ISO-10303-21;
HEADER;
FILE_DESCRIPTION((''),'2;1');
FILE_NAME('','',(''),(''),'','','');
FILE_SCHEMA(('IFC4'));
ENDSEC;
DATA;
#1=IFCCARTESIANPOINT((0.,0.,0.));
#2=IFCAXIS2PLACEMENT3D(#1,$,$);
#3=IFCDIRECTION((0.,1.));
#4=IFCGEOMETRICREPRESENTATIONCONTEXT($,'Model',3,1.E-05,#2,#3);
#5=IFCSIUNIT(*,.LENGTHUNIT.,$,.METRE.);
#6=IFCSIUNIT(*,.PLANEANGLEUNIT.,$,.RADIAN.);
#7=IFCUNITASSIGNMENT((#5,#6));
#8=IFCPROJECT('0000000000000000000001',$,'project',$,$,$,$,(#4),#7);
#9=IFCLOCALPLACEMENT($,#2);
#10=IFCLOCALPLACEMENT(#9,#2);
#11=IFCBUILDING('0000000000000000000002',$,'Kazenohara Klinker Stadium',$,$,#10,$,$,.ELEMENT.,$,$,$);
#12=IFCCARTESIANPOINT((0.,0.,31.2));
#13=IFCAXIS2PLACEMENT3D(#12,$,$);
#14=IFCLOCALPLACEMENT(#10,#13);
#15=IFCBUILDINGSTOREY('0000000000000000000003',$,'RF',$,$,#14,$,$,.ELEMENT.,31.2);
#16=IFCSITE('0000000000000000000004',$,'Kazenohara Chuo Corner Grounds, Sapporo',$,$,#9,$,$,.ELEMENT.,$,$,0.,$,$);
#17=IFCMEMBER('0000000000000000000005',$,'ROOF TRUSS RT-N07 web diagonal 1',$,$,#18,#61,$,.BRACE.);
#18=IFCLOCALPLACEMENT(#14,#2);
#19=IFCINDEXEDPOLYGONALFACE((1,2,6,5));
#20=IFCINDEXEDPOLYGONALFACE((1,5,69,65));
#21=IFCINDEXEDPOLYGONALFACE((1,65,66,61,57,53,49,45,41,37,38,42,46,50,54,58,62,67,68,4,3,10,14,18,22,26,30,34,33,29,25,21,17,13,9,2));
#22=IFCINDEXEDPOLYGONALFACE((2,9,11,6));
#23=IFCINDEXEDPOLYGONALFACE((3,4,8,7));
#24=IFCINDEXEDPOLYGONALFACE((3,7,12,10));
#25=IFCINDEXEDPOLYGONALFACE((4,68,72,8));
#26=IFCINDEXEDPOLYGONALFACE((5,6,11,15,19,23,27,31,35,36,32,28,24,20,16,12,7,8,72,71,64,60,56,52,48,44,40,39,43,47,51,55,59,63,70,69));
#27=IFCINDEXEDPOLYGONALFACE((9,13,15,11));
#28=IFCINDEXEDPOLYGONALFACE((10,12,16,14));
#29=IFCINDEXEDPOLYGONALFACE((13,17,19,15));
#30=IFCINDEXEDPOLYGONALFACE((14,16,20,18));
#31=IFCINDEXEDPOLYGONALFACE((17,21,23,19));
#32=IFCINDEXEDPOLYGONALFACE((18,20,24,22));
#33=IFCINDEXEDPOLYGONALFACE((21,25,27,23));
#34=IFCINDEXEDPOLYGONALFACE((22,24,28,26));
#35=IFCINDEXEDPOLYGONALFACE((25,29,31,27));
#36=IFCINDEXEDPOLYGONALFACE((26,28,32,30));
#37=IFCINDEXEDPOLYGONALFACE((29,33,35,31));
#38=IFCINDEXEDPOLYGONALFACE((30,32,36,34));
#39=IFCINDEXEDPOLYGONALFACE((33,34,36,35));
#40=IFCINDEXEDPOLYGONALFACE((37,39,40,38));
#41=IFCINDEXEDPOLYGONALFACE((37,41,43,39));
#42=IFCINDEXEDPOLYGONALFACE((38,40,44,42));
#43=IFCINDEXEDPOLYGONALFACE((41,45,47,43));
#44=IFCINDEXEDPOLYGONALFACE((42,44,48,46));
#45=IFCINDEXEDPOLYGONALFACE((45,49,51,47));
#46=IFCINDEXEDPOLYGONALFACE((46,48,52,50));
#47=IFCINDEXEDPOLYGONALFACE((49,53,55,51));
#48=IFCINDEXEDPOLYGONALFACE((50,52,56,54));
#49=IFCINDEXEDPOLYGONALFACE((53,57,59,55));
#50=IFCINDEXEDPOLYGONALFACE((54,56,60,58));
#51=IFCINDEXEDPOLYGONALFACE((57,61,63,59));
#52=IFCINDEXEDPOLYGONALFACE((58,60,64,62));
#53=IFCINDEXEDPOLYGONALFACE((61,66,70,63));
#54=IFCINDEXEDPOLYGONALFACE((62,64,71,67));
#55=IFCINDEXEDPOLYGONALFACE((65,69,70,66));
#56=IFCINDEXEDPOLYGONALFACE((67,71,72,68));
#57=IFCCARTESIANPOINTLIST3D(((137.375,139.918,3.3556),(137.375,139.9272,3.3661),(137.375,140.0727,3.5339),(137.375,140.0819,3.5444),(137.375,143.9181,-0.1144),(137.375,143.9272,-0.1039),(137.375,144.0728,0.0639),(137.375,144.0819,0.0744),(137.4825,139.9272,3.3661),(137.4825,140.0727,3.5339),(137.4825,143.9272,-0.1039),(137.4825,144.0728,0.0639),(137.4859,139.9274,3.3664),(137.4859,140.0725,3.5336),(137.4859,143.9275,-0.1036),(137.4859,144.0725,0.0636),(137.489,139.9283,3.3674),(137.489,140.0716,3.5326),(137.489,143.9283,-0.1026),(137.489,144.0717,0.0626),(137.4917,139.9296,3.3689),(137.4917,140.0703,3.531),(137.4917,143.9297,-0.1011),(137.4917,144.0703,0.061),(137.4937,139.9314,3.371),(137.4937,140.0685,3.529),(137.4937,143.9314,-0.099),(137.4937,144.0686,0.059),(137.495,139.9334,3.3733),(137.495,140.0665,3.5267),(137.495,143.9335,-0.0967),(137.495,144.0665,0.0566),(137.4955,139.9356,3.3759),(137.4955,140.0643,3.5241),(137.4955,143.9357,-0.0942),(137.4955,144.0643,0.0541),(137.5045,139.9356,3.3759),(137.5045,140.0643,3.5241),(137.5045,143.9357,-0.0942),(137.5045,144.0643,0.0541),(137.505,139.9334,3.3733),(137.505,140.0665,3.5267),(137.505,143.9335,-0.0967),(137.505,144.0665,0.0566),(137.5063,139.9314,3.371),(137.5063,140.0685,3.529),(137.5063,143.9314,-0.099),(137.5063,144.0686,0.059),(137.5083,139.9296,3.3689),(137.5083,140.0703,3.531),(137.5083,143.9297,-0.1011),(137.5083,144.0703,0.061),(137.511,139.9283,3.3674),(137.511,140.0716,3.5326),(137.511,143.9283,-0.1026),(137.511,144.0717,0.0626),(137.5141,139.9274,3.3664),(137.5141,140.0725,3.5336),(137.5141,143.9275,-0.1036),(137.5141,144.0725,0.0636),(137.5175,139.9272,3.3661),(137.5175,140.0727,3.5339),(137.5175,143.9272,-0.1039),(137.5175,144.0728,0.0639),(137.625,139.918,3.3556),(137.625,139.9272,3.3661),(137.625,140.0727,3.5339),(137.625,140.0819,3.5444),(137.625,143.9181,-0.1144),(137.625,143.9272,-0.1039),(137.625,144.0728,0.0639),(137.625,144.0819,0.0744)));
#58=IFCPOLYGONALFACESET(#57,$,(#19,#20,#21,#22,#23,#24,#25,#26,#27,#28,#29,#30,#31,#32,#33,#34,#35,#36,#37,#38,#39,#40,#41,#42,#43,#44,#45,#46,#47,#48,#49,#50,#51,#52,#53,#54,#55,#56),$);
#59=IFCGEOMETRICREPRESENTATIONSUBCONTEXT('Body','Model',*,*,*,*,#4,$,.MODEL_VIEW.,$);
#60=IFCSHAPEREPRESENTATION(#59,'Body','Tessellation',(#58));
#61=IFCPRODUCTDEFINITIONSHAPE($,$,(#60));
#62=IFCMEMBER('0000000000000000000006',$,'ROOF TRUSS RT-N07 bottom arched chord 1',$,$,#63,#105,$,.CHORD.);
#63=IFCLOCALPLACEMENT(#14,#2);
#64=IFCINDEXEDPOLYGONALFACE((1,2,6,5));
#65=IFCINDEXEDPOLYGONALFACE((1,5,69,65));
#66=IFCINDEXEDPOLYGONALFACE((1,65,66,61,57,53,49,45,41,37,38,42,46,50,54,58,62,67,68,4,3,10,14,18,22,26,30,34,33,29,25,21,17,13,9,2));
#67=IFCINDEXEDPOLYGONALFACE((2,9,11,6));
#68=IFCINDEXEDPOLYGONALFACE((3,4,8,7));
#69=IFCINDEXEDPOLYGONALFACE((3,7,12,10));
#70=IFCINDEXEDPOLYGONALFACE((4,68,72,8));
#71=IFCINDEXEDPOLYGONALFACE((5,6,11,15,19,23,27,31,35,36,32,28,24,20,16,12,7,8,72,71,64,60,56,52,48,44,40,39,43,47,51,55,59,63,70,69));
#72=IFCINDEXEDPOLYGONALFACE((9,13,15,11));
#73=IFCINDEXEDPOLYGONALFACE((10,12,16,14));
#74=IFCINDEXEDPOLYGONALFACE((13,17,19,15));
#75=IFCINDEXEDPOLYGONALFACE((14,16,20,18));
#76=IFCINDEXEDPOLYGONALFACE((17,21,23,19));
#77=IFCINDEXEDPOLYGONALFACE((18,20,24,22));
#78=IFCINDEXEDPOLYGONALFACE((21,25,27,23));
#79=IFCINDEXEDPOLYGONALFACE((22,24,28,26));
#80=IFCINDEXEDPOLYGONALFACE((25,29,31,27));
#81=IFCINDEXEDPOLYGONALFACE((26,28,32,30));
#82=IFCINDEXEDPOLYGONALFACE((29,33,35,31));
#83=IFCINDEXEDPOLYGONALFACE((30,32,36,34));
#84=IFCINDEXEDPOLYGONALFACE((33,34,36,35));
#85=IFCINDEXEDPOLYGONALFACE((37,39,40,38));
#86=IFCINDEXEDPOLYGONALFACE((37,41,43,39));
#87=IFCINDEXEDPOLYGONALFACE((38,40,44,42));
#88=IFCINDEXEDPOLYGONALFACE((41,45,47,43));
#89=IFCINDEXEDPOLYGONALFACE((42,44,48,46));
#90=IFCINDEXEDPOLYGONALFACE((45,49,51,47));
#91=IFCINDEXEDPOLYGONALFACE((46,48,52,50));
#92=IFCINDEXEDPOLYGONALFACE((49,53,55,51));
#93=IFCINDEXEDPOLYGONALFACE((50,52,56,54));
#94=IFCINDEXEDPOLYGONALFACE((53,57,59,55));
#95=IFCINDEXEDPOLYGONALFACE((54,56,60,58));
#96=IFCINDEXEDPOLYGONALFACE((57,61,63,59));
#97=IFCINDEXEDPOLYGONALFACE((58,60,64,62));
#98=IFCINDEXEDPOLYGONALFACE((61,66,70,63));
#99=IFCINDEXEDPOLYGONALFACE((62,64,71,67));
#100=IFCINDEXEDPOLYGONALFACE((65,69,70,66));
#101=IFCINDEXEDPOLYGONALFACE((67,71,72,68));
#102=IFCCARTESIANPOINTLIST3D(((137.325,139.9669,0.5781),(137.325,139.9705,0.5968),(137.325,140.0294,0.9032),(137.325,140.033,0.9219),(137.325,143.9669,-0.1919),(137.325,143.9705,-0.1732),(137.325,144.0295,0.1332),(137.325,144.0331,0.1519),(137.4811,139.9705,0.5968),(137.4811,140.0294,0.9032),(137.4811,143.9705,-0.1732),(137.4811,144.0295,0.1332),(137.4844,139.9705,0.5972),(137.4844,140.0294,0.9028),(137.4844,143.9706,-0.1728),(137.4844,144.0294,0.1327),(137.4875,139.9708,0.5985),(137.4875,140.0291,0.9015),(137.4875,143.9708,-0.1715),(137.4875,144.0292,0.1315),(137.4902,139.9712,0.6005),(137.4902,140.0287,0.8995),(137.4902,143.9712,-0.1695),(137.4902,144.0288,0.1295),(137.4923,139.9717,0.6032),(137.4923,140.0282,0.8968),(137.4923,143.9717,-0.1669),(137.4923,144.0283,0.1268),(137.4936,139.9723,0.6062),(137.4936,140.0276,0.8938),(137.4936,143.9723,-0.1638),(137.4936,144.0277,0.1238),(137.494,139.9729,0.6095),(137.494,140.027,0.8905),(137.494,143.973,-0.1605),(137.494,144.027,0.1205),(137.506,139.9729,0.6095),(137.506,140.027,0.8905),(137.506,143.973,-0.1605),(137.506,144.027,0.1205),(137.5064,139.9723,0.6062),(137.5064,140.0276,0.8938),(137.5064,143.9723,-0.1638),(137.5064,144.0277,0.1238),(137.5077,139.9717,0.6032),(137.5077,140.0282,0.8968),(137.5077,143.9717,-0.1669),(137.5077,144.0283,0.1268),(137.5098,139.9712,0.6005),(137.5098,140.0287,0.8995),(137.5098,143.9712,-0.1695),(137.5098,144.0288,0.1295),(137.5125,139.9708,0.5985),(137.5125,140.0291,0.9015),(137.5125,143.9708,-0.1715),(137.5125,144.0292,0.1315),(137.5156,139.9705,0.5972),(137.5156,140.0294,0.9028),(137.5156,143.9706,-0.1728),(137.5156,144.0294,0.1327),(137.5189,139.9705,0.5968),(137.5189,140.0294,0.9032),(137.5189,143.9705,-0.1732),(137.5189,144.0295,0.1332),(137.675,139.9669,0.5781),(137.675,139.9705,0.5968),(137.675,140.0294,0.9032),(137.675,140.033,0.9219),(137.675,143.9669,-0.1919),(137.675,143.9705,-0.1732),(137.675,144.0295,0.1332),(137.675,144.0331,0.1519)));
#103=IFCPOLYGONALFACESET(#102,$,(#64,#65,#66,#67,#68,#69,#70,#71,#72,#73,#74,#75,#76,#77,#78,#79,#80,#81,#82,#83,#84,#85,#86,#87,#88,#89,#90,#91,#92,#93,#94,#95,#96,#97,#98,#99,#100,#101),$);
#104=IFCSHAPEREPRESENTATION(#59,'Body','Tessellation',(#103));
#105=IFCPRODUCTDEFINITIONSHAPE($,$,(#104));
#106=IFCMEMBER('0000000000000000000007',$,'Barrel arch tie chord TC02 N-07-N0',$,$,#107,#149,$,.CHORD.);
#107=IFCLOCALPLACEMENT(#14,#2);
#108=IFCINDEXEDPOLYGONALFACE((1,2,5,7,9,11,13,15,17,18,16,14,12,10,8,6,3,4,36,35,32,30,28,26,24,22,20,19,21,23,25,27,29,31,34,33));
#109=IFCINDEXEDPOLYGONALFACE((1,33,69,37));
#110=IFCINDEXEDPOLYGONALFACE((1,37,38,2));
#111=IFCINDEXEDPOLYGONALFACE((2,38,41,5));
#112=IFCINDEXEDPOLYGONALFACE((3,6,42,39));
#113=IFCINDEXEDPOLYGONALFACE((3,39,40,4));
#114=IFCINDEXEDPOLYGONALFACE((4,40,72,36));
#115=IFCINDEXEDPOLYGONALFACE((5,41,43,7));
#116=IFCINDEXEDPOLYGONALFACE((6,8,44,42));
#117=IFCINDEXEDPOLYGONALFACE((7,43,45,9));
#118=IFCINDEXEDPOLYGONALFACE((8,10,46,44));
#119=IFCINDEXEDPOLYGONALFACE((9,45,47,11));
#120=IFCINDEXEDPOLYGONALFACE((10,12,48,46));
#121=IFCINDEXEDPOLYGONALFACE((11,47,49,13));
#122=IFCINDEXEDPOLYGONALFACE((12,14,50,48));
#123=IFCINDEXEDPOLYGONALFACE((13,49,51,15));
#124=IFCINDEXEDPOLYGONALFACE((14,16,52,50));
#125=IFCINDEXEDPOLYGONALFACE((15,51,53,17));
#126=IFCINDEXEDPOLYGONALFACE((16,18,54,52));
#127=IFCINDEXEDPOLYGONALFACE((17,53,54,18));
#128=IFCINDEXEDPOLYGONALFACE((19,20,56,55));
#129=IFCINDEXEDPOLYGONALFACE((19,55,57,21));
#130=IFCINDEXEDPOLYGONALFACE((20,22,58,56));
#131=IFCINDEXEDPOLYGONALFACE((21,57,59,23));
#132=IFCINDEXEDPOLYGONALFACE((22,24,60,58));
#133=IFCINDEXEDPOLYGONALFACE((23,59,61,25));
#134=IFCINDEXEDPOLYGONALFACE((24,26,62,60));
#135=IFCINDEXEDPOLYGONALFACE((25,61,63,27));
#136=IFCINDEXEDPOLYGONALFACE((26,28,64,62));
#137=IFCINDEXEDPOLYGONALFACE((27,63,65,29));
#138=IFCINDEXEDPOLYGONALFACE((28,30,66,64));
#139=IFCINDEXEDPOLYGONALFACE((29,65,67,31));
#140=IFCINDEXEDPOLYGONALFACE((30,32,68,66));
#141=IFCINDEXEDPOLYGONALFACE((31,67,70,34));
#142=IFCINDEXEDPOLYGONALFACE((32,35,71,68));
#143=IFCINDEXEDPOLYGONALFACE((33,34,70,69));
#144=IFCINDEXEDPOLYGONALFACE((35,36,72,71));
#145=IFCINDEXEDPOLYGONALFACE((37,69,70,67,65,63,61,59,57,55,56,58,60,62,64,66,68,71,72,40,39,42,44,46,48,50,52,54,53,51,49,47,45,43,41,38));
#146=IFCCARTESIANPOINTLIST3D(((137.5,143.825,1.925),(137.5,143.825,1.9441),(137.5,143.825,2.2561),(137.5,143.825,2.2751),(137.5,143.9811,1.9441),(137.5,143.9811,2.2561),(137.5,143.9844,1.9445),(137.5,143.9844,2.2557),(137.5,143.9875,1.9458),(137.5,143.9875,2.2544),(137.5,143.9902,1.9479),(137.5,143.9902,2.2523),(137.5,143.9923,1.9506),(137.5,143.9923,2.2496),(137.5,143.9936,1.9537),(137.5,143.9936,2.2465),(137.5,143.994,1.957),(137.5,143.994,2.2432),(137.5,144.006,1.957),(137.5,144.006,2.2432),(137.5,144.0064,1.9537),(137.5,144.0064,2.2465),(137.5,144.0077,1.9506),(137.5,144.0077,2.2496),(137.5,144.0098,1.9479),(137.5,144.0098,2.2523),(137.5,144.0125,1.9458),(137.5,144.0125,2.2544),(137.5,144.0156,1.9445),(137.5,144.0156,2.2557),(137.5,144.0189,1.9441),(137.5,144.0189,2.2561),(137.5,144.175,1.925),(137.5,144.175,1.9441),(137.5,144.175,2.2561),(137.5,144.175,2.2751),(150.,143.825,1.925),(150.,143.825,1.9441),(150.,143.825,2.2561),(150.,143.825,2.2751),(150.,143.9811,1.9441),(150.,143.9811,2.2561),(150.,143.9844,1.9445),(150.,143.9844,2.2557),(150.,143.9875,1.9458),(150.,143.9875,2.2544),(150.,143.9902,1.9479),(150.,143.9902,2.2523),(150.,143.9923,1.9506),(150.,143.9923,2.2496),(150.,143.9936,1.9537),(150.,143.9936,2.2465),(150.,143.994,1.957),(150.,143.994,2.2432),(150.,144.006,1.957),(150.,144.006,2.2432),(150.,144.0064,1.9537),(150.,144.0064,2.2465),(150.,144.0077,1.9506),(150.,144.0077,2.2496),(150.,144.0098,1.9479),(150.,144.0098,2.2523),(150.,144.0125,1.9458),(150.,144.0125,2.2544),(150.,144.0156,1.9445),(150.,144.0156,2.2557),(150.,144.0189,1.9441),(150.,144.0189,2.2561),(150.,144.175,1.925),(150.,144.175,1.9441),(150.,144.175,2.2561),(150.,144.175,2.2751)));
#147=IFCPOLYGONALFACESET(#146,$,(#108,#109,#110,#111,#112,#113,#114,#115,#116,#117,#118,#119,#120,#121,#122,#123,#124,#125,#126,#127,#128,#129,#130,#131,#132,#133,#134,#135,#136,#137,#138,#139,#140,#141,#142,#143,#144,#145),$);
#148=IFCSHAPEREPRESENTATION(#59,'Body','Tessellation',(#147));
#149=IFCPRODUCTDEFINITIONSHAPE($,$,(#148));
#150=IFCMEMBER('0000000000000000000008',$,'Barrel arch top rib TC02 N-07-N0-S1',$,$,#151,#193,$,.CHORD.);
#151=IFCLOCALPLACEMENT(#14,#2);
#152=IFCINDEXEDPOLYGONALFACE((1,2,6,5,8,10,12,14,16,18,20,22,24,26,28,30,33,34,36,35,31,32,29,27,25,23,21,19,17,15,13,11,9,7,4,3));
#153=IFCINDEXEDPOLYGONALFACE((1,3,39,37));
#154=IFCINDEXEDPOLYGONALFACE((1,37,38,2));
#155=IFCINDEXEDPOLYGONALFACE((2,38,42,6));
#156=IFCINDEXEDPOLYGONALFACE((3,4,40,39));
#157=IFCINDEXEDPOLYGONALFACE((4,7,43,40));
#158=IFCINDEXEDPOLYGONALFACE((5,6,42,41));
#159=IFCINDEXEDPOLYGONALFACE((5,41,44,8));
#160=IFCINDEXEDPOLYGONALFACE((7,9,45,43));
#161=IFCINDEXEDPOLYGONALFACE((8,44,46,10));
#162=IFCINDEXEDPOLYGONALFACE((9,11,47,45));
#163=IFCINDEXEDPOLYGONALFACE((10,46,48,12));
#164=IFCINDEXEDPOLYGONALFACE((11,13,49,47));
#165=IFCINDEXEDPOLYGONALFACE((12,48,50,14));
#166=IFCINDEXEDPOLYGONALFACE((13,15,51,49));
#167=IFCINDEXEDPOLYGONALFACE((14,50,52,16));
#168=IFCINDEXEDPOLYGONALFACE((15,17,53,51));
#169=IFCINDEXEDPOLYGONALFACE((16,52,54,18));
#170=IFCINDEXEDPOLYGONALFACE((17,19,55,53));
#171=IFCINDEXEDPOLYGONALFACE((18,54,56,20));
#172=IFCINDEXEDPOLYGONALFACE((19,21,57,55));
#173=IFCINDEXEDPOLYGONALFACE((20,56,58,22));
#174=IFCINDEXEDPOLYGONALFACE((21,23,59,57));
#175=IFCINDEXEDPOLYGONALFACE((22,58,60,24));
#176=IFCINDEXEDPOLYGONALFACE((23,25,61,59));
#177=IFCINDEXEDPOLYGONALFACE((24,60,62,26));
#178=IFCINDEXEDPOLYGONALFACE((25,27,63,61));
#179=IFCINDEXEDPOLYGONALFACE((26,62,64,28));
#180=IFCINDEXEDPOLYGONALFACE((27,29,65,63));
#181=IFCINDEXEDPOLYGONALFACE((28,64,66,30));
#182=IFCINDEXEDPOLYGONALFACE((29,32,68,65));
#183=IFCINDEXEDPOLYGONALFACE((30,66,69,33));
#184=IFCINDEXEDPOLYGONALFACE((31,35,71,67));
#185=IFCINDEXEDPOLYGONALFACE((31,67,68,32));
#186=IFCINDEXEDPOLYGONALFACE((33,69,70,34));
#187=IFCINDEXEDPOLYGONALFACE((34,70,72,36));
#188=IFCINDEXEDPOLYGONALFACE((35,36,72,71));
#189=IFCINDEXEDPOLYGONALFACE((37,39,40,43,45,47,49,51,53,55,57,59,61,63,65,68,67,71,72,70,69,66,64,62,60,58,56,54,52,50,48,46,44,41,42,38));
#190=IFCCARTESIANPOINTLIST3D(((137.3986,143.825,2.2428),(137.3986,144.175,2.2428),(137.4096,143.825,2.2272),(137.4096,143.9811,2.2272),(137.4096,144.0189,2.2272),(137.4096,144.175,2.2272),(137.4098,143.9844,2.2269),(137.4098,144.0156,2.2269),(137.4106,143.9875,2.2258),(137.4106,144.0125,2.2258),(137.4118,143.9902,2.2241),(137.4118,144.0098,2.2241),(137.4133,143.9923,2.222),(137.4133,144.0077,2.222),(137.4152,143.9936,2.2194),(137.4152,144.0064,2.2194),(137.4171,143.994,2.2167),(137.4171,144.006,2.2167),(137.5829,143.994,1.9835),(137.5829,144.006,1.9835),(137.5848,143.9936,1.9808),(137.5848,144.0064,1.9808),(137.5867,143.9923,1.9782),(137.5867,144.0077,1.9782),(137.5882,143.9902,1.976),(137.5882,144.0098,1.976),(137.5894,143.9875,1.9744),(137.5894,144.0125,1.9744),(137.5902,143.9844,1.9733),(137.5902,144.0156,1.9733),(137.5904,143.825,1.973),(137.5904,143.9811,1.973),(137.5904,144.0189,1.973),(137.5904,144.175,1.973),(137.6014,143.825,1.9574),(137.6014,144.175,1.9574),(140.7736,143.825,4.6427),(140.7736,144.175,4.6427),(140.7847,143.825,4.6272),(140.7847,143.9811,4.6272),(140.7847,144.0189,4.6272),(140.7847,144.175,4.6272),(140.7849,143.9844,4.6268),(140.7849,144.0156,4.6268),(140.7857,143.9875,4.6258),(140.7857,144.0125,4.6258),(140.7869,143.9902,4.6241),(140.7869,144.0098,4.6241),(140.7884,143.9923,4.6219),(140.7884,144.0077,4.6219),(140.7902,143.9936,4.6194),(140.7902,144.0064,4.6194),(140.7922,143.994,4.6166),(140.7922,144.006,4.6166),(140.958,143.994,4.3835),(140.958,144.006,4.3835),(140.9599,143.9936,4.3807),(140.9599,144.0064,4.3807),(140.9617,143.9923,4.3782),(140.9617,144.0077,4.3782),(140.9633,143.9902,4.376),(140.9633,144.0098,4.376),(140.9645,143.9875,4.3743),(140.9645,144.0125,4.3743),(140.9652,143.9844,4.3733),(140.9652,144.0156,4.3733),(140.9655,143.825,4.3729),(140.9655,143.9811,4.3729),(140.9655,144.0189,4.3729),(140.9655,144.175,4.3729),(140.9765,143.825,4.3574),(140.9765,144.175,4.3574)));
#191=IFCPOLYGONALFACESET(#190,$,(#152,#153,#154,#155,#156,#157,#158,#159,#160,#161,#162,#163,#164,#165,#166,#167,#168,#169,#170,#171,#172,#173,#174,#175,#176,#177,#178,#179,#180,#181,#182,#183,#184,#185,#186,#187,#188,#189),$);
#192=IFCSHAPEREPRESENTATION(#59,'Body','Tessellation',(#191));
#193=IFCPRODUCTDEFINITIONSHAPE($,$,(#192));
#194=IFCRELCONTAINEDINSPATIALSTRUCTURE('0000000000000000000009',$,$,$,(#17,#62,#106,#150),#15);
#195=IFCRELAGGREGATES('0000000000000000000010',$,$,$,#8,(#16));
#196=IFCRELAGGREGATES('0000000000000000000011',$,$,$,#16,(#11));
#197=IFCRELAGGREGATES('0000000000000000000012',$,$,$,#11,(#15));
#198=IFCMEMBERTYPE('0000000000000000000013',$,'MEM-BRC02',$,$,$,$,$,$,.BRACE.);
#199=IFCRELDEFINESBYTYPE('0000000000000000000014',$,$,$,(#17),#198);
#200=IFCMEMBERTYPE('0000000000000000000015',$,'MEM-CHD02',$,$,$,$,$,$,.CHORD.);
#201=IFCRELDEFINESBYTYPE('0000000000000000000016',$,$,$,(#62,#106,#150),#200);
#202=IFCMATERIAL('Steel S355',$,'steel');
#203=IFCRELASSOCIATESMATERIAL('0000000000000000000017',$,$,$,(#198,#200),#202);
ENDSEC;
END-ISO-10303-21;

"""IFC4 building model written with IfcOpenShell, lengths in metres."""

from ifc_helpers import new_model, si_unit, direction, frame, origin, origin_2d, place, context, subcontext, project, spatial, i_section, extrude, material, material_profile, profile_set, type_object, element, save


model = new_model("IFC4")

# Units and contexts
model_context = context("Model", 3, precision=1e-05, world=origin(), true_north=direction((0.0, 1.0)))
body_context = subcontext(model_context, "Body", "Model", "MODEL_VIEW")
ifc_project = project(units=[si_unit("LENGTHUNIT", "METRE"), si_unit("PLANEANGLEUNIT", "RADIAN")], contexts=[model_context])

# Site, building, storey
site_placement = place(None, origin())
site = spatial("IfcSite", under=ifc_project, at=site_placement, Name="Kazenohara Chuo Corner Grounds, Sapporo", CompositionType="ELEMENT", RefElevation=0.0)
building_placement = place(site_placement, origin())
building = spatial("IfcBuilding", under=site, at=building_placement, Name="Kazenohara Klinker Stadium", CompositionType="ELEMENT")
storey_placement = place(building_placement, frame((0.0, 0.0, 31.2)))
storey = spatial("IfcBuildingStorey", under=building, at=storey_placement, Name="RF", CompositionType="ELEMENT", Elevation=31.2)

# Members
ifc_material_1 = material(Name="Steel S355", Category="steel")
ifc_material_profile_1 = material_profile(ifc_material_1, i_section(OverallWidth=0.25, OverallDepth=0.25, WebThickness=0.009, FlangeThickness=0.0139, FilletRadius=0.0129, at=origin_2d()), Name="H-250x250x9x14")
ifc_profile_set_1 = profile_set([ifc_material_profile_1], Name="Steel S355")
member_type_1 = type_object("IfcMemberType", Name="MEM-BRC02", PredefinedType="BRACE", material=ifc_profile_set_1)
member_1_placement = place(storey_placement, frame((137.5, 144.0, -0.02), z_axis=(0.0, -0.75538, 0.655287), x_axis=(1.0, 0.0, 0.0)))
element("IfcMember", 1, at=member_1_placement, inside=storey, type_object=member_type_1, Name="ROOF TRUSS RT-N07 web diagonal 1", PredefinedType="BRACE", context=body_context, shape_type="SweptSolid", body=[
    extrude(i_section(OverallWidth=0.25, OverallDepth=0.25, WebThickness=0.009, FlangeThickness=0.0139, FilletRadius=0.0129, at=origin_2d()), origin(), (0.0, 0.0, 1.0), 5.2954),
])
ifc_material_profile_2 = material_profile(ifc_material_1, i_section(OverallWidth=0.3501, OverallDepth=0.3501, WebThickness=0.012, FlangeThickness=0.019, FilletRadius=0.0129, at=origin_2d()), Name="H-350x350x12x19")
ifc_profile_set_2 = profile_set([ifc_material_profile_2], Name="Steel S355")
member_type_2 = type_object("IfcMemberType", Name="MEM-CHD02", PredefinedType="CHORD", material=ifc_profile_set_2)
member_2_placement = place(storey_placement, frame((137.5, 144.0, -0.02), z_axis=(0.0, -0.981971, 0.189034), x_axis=(1.0, 0.0, 0.0)))
element("IfcMember", 2, at=member_2_placement, inside=storey, type_object=member_type_2, Name="ROOF TRUSS RT-N07 bottom arched chord 1", PredefinedType="CHORD", context=body_context, shape_type="SweptSolid", body=[
    extrude(i_section(OverallWidth=0.3501, OverallDepth=0.3501, WebThickness=0.012, FlangeThickness=0.019, FilletRadius=0.0129, at=origin_2d()), origin(), (0.0, 0.0, 1.0), 4.0735),
])
member_3_placement = place(storey_placement, frame((137.5, 144.0, 2.1001), z_axis=(1.0, 0.0, 0.0), x_axis=(0.0, 1.0, 0.0)))
element("IfcMember", 3, at=member_3_placement, inside=storey, type_object=member_type_2, Name="Barrel arch tie chord TC02 N-07-N0", PredefinedType="CHORD", context=body_context, shape_type="SweptSolid", body=[
    extrude(i_section(OverallWidth=0.3501, OverallDepth=0.3501, WebThickness=0.012, FlangeThickness=0.019, FilletRadius=0.0129, at=origin_2d()), origin(), (0.0, 0.0, 1.0), 12.5),
])
member_4_placement = place(storey_placement, frame((137.5, 144.0, 2.1001), z_axis=(0.814966, 0.0, 0.579508), x_axis=(0.0, 1.0, 0.0)))
element("IfcMember", 4, at=member_4_placement, inside=storey, type_object=member_type_2, Name="Barrel arch top rib TC02 N-07-N0-S1", PredefinedType="CHORD", context=body_context, shape_type="SweptSolid", body=[
    extrude(i_section(OverallWidth=0.3501, OverallDepth=0.3501, WebThickness=0.012, FlangeThickness=0.019, FilletRadius=0.0129, at=origin_2d()), origin(), (0.0, 0.0, 1.0), 4.1414),
])

save(model, "model.ifc")
